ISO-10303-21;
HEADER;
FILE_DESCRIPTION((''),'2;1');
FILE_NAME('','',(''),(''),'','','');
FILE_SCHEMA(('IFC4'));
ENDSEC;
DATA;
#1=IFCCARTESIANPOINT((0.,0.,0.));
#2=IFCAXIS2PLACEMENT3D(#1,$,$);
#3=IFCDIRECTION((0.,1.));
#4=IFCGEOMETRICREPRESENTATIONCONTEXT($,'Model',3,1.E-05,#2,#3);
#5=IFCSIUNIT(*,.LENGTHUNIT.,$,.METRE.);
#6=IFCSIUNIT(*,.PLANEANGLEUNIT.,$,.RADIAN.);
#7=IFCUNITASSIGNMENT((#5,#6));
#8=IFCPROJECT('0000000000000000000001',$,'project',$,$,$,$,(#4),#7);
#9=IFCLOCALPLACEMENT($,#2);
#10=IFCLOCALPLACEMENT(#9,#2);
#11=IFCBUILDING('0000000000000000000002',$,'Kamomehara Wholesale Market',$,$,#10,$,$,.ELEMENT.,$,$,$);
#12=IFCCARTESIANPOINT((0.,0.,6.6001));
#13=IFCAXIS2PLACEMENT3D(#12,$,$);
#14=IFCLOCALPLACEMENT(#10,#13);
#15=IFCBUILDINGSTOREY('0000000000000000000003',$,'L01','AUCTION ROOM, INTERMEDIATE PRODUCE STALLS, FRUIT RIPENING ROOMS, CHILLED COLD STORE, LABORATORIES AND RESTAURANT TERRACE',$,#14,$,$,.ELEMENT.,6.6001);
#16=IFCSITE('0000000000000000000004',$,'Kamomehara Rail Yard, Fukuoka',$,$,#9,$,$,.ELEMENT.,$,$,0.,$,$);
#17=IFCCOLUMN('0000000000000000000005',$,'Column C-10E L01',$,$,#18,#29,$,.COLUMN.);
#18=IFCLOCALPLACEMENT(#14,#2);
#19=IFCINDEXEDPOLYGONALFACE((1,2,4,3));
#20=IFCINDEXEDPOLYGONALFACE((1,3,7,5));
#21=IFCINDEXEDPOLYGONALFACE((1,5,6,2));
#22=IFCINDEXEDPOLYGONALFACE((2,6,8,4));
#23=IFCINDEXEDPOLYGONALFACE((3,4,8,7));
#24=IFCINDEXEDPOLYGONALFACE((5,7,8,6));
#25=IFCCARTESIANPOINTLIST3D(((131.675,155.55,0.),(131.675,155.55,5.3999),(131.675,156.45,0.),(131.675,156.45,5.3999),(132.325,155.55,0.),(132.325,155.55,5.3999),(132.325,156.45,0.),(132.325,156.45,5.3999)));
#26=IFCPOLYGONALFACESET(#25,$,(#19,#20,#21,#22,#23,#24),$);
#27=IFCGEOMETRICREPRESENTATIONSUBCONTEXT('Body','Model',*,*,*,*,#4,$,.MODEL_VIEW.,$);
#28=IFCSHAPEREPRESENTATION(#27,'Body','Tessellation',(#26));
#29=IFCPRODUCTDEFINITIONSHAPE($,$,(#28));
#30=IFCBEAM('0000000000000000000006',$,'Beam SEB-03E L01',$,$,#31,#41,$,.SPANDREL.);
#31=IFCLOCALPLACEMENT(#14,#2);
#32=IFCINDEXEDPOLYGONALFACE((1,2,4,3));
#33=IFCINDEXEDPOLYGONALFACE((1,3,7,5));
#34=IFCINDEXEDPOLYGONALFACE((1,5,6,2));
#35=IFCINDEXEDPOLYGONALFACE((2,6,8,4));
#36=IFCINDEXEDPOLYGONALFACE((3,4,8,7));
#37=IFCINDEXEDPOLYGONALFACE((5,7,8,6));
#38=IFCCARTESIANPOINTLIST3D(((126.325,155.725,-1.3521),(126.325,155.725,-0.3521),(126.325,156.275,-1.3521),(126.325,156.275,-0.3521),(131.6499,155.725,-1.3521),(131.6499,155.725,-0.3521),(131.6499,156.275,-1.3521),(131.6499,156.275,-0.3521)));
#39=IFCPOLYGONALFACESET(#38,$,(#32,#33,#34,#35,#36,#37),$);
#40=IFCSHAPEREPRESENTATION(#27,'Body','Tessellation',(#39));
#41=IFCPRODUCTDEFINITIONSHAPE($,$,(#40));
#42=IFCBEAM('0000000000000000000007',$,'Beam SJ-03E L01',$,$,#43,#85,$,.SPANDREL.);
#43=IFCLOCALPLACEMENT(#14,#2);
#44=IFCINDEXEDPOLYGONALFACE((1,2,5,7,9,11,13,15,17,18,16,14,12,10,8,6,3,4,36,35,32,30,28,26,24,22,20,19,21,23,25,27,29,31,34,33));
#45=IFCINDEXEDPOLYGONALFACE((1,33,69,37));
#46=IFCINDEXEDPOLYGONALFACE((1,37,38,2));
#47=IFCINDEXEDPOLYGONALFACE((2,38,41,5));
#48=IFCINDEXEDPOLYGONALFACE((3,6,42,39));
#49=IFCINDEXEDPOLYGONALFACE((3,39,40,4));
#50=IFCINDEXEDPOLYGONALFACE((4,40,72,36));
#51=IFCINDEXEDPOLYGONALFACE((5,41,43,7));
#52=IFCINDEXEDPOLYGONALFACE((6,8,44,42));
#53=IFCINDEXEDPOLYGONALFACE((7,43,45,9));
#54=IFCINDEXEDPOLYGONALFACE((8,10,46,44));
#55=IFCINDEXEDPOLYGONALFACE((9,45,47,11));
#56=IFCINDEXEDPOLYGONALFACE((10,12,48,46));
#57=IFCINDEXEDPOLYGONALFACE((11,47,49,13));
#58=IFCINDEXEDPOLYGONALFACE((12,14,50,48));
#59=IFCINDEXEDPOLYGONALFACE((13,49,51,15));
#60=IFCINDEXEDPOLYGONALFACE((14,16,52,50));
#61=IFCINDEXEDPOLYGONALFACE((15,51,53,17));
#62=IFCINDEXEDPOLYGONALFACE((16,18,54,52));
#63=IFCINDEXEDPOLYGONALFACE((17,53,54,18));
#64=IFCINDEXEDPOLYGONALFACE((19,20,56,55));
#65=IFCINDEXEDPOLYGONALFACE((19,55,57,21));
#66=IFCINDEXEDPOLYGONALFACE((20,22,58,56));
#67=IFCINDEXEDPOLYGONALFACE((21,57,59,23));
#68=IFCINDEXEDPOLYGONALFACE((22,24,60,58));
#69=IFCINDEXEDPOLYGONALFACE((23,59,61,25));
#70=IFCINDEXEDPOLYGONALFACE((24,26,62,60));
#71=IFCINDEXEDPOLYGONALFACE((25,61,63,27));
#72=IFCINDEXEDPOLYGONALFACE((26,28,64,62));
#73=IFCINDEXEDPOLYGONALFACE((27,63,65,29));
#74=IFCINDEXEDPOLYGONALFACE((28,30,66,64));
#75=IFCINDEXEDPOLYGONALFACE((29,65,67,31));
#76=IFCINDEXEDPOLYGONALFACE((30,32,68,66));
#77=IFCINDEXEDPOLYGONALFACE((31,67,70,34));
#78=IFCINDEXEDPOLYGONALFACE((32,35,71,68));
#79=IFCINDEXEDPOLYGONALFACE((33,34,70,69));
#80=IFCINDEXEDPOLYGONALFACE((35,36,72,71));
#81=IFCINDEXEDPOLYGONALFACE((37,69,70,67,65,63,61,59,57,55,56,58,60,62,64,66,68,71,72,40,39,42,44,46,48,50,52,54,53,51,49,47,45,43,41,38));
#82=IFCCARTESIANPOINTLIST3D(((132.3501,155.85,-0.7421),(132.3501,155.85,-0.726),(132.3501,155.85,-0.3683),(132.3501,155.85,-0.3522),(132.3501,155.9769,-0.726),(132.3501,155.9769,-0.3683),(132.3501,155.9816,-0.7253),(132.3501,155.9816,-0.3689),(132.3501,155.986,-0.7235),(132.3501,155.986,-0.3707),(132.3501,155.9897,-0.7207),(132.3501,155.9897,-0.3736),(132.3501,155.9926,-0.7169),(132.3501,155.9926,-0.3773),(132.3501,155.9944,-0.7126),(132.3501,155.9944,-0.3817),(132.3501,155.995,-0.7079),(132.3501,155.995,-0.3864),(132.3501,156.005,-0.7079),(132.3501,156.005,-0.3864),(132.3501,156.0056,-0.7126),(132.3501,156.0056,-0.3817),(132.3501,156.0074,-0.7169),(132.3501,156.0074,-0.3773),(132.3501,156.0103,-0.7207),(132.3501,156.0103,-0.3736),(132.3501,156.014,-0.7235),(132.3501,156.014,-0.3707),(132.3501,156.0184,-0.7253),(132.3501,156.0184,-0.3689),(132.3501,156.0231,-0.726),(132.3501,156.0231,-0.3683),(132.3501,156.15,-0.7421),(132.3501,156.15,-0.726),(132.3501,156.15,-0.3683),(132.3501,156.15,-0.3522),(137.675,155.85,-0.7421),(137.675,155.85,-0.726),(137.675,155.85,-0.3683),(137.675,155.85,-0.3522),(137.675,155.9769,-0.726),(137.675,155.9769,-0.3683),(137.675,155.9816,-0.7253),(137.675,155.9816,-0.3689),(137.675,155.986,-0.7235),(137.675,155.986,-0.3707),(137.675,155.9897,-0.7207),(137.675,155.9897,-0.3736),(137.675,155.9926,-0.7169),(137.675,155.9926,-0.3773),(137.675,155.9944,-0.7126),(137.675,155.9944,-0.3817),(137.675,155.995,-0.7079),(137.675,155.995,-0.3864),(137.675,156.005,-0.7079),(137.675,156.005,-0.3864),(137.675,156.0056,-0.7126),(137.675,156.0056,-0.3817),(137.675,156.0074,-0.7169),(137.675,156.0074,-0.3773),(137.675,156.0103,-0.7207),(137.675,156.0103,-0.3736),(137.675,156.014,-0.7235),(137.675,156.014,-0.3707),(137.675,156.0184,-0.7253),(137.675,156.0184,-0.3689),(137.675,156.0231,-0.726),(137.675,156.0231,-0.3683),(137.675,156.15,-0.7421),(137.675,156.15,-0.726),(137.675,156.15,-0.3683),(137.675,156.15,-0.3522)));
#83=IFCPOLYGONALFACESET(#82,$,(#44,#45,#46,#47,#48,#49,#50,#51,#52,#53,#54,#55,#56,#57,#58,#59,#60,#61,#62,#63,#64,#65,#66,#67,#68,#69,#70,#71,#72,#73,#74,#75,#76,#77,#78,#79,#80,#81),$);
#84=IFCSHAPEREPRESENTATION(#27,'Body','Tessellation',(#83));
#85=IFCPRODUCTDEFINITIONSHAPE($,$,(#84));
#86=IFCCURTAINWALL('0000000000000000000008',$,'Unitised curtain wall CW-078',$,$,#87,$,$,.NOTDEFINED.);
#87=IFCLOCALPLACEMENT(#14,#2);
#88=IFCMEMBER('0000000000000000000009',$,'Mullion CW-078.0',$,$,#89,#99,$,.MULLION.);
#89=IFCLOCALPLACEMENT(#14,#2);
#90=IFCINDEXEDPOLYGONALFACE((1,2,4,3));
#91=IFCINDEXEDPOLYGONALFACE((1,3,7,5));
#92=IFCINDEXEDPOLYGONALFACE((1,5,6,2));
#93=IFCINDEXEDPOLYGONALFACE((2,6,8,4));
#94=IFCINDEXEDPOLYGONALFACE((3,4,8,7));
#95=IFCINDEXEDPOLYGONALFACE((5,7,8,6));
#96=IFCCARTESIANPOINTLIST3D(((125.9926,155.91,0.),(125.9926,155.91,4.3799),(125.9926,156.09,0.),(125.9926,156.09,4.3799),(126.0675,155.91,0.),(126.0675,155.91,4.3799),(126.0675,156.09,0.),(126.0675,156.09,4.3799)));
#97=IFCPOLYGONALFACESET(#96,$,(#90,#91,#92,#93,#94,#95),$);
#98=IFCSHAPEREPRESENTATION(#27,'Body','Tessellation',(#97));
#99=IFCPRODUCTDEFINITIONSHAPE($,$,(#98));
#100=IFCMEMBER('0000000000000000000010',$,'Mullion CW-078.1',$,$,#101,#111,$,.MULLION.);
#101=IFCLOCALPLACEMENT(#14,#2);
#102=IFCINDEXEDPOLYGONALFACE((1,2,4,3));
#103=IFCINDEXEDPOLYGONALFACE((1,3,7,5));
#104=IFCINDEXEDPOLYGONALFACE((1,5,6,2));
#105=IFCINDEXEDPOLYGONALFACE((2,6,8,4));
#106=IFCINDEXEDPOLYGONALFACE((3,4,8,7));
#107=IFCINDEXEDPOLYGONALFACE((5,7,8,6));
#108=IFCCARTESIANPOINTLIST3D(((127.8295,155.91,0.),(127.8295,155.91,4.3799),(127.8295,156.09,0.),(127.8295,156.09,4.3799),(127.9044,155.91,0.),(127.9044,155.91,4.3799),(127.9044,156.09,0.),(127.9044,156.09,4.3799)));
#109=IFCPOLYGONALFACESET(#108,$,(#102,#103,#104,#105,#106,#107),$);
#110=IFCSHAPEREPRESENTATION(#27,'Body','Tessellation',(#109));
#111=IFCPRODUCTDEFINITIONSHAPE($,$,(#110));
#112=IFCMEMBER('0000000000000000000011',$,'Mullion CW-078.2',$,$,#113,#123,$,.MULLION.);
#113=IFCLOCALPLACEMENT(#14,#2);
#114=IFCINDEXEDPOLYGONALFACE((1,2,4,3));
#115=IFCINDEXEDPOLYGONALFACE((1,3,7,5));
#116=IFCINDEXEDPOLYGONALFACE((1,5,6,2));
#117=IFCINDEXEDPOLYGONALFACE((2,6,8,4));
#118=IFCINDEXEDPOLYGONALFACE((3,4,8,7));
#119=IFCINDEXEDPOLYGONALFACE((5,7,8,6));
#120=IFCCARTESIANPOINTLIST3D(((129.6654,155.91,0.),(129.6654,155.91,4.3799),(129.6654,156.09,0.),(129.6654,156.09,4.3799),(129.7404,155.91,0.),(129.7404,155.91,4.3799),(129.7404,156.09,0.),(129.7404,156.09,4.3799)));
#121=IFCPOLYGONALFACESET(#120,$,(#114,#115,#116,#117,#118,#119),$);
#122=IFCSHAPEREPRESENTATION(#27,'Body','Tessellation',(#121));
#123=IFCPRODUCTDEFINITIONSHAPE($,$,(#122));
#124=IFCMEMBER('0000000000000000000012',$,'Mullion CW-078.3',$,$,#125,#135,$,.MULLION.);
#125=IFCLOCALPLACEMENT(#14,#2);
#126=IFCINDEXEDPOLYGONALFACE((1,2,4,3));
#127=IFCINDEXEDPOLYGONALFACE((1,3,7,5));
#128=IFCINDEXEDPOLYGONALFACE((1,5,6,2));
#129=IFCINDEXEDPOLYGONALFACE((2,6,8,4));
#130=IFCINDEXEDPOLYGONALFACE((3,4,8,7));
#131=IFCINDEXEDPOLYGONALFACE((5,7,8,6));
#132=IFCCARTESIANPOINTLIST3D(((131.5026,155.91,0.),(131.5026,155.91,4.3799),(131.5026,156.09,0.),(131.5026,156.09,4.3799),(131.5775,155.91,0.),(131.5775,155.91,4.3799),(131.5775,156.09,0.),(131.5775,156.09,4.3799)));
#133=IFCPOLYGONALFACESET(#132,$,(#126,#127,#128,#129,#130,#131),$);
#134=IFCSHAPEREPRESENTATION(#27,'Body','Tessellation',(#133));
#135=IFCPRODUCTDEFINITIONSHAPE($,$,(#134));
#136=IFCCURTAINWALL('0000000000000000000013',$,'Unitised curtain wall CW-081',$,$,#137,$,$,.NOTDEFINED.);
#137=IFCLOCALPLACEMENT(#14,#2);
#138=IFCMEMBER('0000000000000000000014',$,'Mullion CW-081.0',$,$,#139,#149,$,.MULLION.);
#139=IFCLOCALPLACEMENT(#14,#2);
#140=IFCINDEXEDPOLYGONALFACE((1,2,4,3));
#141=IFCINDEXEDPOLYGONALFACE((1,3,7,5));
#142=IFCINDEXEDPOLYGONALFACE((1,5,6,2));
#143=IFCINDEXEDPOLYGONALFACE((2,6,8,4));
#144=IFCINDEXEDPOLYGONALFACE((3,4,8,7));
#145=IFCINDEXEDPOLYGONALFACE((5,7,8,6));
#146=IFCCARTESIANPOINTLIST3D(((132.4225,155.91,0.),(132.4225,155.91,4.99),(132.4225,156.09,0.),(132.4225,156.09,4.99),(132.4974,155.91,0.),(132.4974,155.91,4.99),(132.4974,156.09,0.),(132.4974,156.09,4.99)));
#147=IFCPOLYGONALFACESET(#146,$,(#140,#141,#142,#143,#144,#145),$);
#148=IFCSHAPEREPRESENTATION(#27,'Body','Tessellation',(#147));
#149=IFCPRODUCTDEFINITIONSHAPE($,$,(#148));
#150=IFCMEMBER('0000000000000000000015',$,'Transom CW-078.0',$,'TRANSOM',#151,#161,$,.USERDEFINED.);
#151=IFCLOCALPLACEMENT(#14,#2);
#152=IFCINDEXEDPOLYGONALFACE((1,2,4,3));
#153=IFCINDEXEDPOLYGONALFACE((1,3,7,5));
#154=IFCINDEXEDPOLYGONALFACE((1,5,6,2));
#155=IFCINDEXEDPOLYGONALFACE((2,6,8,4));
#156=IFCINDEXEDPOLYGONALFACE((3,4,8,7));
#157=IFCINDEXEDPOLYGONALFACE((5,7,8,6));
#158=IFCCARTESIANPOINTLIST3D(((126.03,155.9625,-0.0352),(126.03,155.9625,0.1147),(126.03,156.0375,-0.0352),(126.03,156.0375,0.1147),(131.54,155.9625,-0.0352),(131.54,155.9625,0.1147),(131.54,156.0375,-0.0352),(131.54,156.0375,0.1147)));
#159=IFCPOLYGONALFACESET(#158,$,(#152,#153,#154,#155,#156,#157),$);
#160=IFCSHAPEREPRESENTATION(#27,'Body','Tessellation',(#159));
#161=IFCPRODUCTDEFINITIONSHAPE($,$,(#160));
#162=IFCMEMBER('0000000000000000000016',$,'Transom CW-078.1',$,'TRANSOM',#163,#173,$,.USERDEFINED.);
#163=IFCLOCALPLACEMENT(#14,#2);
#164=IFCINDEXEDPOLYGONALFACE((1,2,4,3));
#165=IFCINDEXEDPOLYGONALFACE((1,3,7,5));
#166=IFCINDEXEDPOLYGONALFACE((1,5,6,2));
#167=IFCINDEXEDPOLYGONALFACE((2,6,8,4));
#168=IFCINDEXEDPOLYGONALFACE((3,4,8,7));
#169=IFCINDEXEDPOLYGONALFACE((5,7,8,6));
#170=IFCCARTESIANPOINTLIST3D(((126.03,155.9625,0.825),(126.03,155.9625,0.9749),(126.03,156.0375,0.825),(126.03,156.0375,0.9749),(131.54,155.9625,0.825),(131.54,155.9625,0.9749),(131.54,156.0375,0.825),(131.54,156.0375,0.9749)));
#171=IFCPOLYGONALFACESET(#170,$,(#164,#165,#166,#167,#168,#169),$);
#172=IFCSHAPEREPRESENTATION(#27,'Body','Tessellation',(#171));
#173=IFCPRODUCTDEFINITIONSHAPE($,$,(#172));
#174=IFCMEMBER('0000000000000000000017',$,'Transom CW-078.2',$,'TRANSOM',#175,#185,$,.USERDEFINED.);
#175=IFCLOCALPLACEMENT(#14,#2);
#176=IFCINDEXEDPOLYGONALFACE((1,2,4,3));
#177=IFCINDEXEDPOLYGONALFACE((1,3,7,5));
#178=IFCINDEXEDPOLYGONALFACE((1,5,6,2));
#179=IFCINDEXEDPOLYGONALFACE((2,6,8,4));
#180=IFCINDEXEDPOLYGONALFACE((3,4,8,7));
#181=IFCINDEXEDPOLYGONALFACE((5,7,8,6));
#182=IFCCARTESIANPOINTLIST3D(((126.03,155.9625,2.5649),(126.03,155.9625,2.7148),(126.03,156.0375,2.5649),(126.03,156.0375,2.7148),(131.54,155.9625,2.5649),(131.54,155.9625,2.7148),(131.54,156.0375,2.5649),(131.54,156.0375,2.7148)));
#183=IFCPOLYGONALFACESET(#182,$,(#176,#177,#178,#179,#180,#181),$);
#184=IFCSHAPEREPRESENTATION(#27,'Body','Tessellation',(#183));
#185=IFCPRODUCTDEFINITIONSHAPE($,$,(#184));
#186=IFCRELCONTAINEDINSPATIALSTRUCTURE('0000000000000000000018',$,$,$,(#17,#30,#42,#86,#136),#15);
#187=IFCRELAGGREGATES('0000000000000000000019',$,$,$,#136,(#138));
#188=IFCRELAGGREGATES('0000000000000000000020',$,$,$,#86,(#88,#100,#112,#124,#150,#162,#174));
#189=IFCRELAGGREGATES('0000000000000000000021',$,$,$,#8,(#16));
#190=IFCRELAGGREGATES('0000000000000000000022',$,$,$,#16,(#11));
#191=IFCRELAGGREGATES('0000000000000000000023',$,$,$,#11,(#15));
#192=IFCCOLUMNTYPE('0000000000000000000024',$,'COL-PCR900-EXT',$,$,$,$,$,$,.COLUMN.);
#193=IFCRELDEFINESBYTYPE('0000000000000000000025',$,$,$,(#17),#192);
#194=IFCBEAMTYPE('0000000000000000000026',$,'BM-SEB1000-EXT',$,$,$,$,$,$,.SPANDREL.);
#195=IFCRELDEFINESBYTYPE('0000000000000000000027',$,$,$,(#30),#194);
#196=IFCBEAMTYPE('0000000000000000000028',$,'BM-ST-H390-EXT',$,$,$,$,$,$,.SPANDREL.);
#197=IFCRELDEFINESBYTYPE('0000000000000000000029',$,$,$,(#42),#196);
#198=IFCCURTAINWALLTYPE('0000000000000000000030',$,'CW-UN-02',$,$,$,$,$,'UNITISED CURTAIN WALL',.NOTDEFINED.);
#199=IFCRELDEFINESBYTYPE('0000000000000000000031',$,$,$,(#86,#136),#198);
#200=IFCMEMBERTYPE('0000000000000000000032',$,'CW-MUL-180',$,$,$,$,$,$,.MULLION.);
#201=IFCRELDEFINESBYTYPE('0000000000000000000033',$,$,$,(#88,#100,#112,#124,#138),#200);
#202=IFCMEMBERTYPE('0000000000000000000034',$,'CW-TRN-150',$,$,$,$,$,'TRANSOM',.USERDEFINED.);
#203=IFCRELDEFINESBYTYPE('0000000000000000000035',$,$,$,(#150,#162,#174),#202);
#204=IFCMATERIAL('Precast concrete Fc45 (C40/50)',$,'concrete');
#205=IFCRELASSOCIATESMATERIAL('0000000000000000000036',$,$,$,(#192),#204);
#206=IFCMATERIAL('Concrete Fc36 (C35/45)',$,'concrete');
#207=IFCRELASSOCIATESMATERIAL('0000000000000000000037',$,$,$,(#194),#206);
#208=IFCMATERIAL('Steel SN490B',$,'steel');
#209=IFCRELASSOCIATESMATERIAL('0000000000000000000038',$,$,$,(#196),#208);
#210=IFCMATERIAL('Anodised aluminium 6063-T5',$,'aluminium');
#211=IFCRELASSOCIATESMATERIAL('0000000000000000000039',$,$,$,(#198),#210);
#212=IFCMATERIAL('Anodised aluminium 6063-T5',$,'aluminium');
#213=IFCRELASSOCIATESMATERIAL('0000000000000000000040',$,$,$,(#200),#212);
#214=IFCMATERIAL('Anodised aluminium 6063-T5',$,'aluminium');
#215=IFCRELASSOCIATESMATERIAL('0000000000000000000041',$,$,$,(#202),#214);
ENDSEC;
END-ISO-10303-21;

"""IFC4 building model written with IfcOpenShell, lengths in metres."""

from ifc_helpers import new_model, si_unit, direction, frame, origin, origin_2d, place, context, subcontext, project, spatial, rectangle, i_section, extrude, material, material_profile, profile_set, type_object, element, aggregate, save


model = new_model("IFC4")

# Units and contexts
model_context = context("Model", 3, precision=1e-05, world=origin(), true_north=direction((0.0, 1.0)))
body_context = subcontext(model_context, "Body", "Model", "MODEL_VIEW")
ifc_project = project(units=[si_unit("LENGTHUNIT", "METRE"), si_unit("PLANEANGLEUNIT", "RADIAN")], contexts=[model_context])

# Site, building, storey
site_placement = place(None, origin())
site = spatial("IfcSite", under=ifc_project, at=site_placement, Name="Kamomehara Rail Yard, Fukuoka", CompositionType="ELEMENT", RefElevation=0.0)
building_placement = place(site_placement, origin())
building = spatial("IfcBuilding", under=site, at=building_placement, Name="Kamomehara Wholesale Market", CompositionType="ELEMENT")
storey_placement = place(building_placement, frame((0.0, 0.0, 6.6001)))
storey = spatial("IfcBuildingStorey", under=building, at=storey_placement, Name="L01", Description="AUCTION ROOM, INTERMEDIATE PRODUCE STALLS, FRUIT RIPENING ROOMS, CHILLED COLD STORE, LABORATORIES AND RESTAURANT TERRACE", CompositionType="ELEMENT", Elevation=6.6001)

# Column
ifc_material_1 = material(Name="Precast concrete Fc45 (C40/50)", Category="concrete")
ifc_material_profile_1 = material_profile(ifc_material_1, rectangle(XDim=0.6499, YDim=0.8999, at=origin_2d()), Name="PC-COL-650x900")
ifc_profile_set_1 = profile_set([ifc_material_profile_1], Name="Precast concrete Fc45 (C40/50)")
column_type = type_object("IfcColumnType", Name="COL-PCR900-EXT", PredefinedType="COLUMN", material=ifc_profile_set_1)
column_placement = place(storey_placement, frame((132.0, 156.0, 0.0), z_axis=(0.0, 0.0, 1.0), x_axis=(1.0, 0.0, 0.0)))
element("IfcColumn", 1, at=column_placement, inside=storey, type_object=column_type, Name="Column C-10E L01", PredefinedType="COLUMN", context=body_context, shape_type="SweptSolid", body=[
    extrude(rectangle(XDim=0.6499, YDim=0.8999, at=origin_2d()), origin(), (0.0, 0.0, 1.0), 5.3999),
])

# Beams
ifc_material_2 = material(Name="Concrete Fc36 (C35/45)", Category="concrete")
ifc_material_profile_2 = material_profile(ifc_material_2, rectangle(XDim=0.55, YDim=1.0, at=origin_2d()), Name="RC-SEB-550x1000")
ifc_profile_set_2 = profile_set([ifc_material_profile_2], Name="Concrete Fc36 (C35/45)")
beam_type_1 = type_object("IfcBeamType", Name="BM-SEB1000-EXT", PredefinedType="SPANDREL", material=ifc_profile_set_2)
beam_1_placement = place(storey_placement, frame((126.325, 156.0, -0.8521), z_axis=(1.0, 0.0, 0.0), x_axis=(0.0, 1.0, 0.0)))
element("IfcBeam", 2, at=beam_1_placement, inside=storey, type_object=beam_type_1, Name="Beam SEB-03E L01", PredefinedType="SPANDREL", context=body_context, shape_type="SweptSolid", body=[
    extrude(rectangle(XDim=0.55, YDim=1.0, at=origin_2d()), origin(), (0.0, 0.0, 1.0), 5.325),
])
ifc_material_3 = material(Name="Steel SN490B", Category="steel")
ifc_material_profile_3 = material_profile(ifc_material_3, i_section(OverallWidth=0.3, OverallDepth=0.3899, WebThickness=0.01, FlangeThickness=0.0161, FilletRadius=0.0181, at=origin_2d()), Name="H-390x300x10x16")
ifc_profile_set_3 = profile_set([ifc_material_profile_3], Name="Steel SN490B")
beam_type_2 = type_object("IfcBeamType", Name="BM-ST-H390-EXT", PredefinedType="SPANDREL", material=ifc_profile_set_3)
beam_2_placement = place(storey_placement, frame((132.3501, 156.0, -0.5471), z_axis=(1.0, 0.0, 0.0), x_axis=(0.0, 1.0, 0.0)))
element("IfcBeam", 3, at=beam_2_placement, inside=storey, type_object=beam_type_2, Name="Beam SJ-03E L01", PredefinedType="SPANDREL", context=body_context, shape_type="SweptSolid", body=[
    extrude(i_section(OverallWidth=0.3, OverallDepth=0.3899, WebThickness=0.01, FlangeThickness=0.0161, FilletRadius=0.0181, at=origin_2d()), origin(), (0.0, 0.0, 1.0), 5.325),
])

# Curtain wall, members
ifc_material_4 = material(Name="Anodised aluminium 6063-T5", Category="aluminium")
curtain_wall_type = type_object("IfcCurtainWallType", Name="CW-UN-02", ElementType="UNITISED CURTAIN WALL", PredefinedType="NOTDEFINED", material=ifc_material_4)
curtain_wall_1_placement = place(storey_placement, origin())
curtain_wall_1 = element("IfcCurtainWall", 4, at=curtain_wall_1_placement, inside=storey, type_object=curtain_wall_type, Name="Unitised curtain wall CW-078", PredefinedType="NOTDEFINED")
ifc_material_5 = material(Name="Anodised aluminium 6063-T5", Category="aluminium")
ifc_material_profile_4 = material_profile(ifc_material_5, rectangle(XDim=0.075, YDim=0.1799, at=origin_2d()), Name="ALU-MUL-75x180")
ifc_profile_set_4 = profile_set([ifc_material_profile_4], Name="Anodised aluminium 6063-T5")
member_type_1 = type_object("IfcMemberType", Name="CW-MUL-180", PredefinedType="MULLION", material=ifc_profile_set_4)
member_1_placement = place(storey_placement, frame((126.03, 156.0, 0.0), z_axis=(0.0, 0.0, 1.0), x_axis=(1.0, 0.0, 0.0)))
member_1 = element("IfcMember", 5, at=member_1_placement, type_object=member_type_1, Name="Mullion CW-078.0", PredefinedType="MULLION", context=body_context, shape_type="SweptSolid", body=[
    extrude(rectangle(XDim=0.075, YDim=0.1799, at=origin_2d()), origin(), (0.0, 0.0, 1.0), 4.3799),
])
member_2_placement = place(storey_placement, frame((127.8669, 156.0, 0.0), z_axis=(0.0, 0.0, 1.0), x_axis=(1.0, 0.0, 0.0)))
member_2 = element("IfcMember", 6, at=member_2_placement, type_object=member_type_1, Name="Mullion CW-078.1", PredefinedType="MULLION", context=body_context, shape_type="SweptSolid", body=[
    extrude(rectangle(XDim=0.075, YDim=0.1799, at=origin_2d()), origin(), (0.0, 0.0, 1.0), 4.3799),
])
member_3_placement = place(storey_placement, frame((129.7029, 156.0, 0.0), z_axis=(0.0, 0.0, 1.0), x_axis=(1.0, 0.0, 0.0)))
member_3 = element("IfcMember", 7, at=member_3_placement, type_object=member_type_1, Name="Mullion CW-078.2", PredefinedType="MULLION", context=body_context, shape_type="SweptSolid", body=[
    extrude(rectangle(XDim=0.075, YDim=0.1799, at=origin_2d()), origin(), (0.0, 0.0, 1.0), 4.3799),
])
member_4_placement = place(storey_placement, frame((131.54, 156.0, 0.0), z_axis=(0.0, 0.0, 1.0), x_axis=(1.0, 0.0, 0.0)))
member_4 = element("IfcMember", 8, at=member_4_placement, type_object=member_type_1, Name="Mullion CW-078.3", PredefinedType="MULLION", context=body_context, shape_type="SweptSolid", body=[
    extrude(rectangle(XDim=0.075, YDim=0.1799, at=origin_2d()), origin(), (0.0, 0.0, 1.0), 4.3799),
])

# Curtain wall, member
curtain_wall_2_placement = place(storey_placement, origin())
curtain_wall_2 = element("IfcCurtainWall", 9, at=curtain_wall_2_placement, inside=storey, type_object=curtain_wall_type, Name="Unitised curtain wall CW-081", PredefinedType="NOTDEFINED")
member_5_placement = place(storey_placement, frame((132.46, 156.0, 0.0), z_axis=(0.0, 0.0, 1.0), x_axis=(1.0, 0.0, 0.0)))
member_5 = element("IfcMember", 10, at=member_5_placement, type_object=member_type_1, Name="Mullion CW-081.0", PredefinedType="MULLION", context=body_context, shape_type="SweptSolid", body=[
    extrude(rectangle(XDim=0.075, YDim=0.1799, at=origin_2d()), origin(), (0.0, 0.0, 1.0), 4.99),
])
aggregate(curtain_wall_2, [member_5])

# Members
ifc_material_6 = material(Name="Anodised aluminium 6063-T5", Category="aluminium")
ifc_material_profile_5 = material_profile(ifc_material_6, rectangle(XDim=0.075, YDim=0.1499, at=origin_2d()), Name="ALU-TRN-75x150")
ifc_profile_set_5 = profile_set([ifc_material_profile_5], Name="Anodised aluminium 6063-T5")
member_type_2 = type_object("IfcMemberType", Name="CW-TRN-150", ElementType="TRANSOM", PredefinedType="USERDEFINED", material=ifc_profile_set_5)
member_6_placement = place(storey_placement, frame((126.03, 156.0, 0.0398), z_axis=(1.0, 0.0, 0.0), x_axis=(0.0, 1.0, 0.0)))
member_6 = element("IfcMember", 11, at=member_6_placement, type_object=member_type_2, Name="Transom CW-078.0", ObjectType="TRANSOM", PredefinedType="USERDEFINED", context=body_context, shape_type="SweptSolid", body=[
    extrude(rectangle(XDim=0.075, YDim=0.1499, at=origin_2d()), origin(), (0.0, 0.0, 1.0), 5.51),
])
member_7_placement = place(storey_placement, frame((126.03, 156.0, 0.8999), z_axis=(1.0, 0.0, 0.0), x_axis=(0.0, 1.0, 0.0)))
member_7 = element("IfcMember", 12, at=member_7_placement, type_object=member_type_2, Name="Transom CW-078.1", ObjectType="TRANSOM", PredefinedType="USERDEFINED", context=body_context, shape_type="SweptSolid", body=[
    extrude(rectangle(XDim=0.075, YDim=0.1499, at=origin_2d()), origin(), (0.0, 0.0, 1.0), 5.51),
])
member_8_placement = place(storey_placement, frame((126.03, 156.0, 2.6399), z_axis=(1.0, 0.0, 0.0), x_axis=(0.0, 1.0, 0.0)))
member_8 = element("IfcMember", 13, at=member_8_placement, type_object=member_type_2, Name="Transom CW-078.2", ObjectType="TRANSOM", PredefinedType="USERDEFINED", context=body_context, shape_type="SweptSolid", body=[
    extrude(rectangle(XDim=0.075, YDim=0.1499, at=origin_2d()), origin(), (0.0, 0.0, 1.0), 5.51),
])

aggregate(curtain_wall_1, [member_1, member_2, member_3, member_4, member_6, member_7, member_8])

save(model, "model.ifc")
